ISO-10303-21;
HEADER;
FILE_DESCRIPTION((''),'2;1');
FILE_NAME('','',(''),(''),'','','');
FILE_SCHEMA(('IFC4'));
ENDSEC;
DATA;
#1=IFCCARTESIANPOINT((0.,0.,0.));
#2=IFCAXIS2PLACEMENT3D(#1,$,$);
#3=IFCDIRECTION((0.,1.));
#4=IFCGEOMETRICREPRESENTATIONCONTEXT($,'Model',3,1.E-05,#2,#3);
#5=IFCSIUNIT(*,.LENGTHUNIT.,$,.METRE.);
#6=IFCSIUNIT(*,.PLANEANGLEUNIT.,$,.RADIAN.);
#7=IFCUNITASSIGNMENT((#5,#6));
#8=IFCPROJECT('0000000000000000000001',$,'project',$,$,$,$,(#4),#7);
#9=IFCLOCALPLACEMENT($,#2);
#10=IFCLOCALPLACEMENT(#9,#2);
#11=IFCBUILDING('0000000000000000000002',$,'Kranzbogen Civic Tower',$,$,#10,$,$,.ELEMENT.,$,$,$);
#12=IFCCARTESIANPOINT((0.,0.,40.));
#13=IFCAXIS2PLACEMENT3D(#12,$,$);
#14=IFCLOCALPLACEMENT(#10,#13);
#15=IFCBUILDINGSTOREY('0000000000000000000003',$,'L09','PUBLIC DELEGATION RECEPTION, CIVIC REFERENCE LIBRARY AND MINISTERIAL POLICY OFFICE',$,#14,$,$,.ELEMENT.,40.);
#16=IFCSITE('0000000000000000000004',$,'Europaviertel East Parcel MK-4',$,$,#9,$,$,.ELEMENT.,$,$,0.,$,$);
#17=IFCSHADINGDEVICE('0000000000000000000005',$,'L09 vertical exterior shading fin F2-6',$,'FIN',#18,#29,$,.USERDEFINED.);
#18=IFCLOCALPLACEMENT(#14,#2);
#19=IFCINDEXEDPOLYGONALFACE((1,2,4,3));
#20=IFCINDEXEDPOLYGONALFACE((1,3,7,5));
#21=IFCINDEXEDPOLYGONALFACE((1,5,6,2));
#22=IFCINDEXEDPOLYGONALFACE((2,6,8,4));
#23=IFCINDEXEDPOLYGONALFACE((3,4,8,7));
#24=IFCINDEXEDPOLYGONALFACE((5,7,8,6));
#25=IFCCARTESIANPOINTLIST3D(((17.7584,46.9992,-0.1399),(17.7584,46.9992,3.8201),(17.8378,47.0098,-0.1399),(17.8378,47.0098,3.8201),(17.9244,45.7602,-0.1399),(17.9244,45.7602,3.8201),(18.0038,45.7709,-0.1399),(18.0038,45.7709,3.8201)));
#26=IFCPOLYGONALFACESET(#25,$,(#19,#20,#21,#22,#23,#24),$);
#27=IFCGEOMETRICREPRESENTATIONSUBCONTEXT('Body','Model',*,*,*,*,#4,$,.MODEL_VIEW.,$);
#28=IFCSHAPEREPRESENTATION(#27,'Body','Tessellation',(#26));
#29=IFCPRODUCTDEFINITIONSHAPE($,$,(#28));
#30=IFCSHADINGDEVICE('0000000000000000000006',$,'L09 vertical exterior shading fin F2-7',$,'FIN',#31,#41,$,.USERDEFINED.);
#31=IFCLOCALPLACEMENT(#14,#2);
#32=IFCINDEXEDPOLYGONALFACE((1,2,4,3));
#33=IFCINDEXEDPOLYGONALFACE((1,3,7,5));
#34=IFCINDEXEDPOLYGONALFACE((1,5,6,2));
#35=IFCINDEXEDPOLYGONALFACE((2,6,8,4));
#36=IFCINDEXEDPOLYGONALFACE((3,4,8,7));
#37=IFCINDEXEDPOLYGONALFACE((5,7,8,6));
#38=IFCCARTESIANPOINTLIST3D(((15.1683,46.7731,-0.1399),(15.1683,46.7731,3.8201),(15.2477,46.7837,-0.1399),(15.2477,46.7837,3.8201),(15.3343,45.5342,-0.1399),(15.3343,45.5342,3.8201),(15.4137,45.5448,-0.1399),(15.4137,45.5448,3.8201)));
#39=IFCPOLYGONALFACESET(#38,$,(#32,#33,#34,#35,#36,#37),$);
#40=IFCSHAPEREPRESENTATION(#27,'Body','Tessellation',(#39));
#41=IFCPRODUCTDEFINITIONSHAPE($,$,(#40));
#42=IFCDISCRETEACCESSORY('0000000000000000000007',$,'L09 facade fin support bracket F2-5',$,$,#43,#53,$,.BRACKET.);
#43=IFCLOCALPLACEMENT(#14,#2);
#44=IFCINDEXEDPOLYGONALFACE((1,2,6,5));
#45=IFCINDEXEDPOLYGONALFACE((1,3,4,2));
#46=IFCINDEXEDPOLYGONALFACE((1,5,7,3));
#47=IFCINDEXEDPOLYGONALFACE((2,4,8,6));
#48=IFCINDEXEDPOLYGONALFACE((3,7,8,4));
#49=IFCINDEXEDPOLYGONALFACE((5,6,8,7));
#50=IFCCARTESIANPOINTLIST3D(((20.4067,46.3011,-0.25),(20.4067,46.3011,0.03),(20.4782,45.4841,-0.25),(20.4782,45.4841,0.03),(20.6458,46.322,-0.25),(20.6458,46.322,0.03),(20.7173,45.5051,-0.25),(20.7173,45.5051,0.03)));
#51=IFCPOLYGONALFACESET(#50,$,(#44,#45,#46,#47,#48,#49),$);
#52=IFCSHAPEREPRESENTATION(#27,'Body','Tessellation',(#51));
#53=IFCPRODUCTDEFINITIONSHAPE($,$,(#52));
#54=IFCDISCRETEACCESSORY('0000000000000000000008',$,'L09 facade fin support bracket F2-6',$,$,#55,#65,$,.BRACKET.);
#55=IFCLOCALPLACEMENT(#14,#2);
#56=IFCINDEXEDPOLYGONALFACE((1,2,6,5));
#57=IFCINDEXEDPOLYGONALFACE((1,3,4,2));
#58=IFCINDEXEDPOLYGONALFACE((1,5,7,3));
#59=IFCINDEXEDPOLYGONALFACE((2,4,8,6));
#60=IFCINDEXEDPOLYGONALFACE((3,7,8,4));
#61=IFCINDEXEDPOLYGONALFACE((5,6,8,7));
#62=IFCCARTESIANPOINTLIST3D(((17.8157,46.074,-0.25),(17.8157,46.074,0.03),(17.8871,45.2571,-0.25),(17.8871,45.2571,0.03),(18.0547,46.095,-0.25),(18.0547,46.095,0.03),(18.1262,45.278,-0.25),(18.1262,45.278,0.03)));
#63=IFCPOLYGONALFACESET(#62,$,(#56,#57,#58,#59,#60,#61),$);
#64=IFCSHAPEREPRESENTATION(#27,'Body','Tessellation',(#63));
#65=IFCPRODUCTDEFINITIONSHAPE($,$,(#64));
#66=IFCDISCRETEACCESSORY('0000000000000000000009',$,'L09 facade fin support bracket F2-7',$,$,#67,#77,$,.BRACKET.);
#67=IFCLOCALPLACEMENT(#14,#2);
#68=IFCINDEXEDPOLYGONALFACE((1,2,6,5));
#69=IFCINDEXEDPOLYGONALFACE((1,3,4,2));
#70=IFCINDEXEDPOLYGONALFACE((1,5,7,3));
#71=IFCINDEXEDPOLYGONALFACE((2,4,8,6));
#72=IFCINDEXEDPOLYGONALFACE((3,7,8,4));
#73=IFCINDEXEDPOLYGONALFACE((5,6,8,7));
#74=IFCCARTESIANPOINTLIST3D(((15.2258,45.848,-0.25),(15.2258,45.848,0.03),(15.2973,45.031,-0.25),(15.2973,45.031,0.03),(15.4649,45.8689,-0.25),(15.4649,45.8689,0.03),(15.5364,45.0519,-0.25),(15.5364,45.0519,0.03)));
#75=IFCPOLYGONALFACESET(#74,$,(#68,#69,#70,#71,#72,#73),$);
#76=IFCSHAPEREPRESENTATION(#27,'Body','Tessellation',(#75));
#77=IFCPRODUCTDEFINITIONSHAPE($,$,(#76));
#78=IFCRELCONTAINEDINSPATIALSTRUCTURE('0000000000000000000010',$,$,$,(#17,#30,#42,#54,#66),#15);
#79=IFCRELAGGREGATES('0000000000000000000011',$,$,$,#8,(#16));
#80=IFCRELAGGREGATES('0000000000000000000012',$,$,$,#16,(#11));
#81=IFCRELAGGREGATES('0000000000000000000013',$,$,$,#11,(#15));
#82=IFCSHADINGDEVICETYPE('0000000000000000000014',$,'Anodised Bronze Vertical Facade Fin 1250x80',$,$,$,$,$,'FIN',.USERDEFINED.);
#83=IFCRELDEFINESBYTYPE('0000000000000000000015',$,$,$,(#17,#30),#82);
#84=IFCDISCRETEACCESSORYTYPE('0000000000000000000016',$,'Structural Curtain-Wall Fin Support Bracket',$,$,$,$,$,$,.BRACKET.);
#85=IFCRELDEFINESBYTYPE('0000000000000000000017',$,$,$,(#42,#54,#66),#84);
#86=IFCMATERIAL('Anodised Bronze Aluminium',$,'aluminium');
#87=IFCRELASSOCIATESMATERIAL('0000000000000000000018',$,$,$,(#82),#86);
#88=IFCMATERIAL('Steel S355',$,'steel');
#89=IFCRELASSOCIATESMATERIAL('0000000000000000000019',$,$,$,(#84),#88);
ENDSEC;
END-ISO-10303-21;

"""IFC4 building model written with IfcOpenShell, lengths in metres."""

from ifc_helpers import new_model, si_unit, direction, frame, origin, origin_2d, place, context, subcontext, project, spatial, rectangle, extrude, material, type_object, element, save


model = new_model("IFC4")

# Units and contexts
model_context = context("Model", 3, precision=1e-05, world=origin(), true_north=direction((0.0, 1.0)))
body_context = subcontext(model_context, "Body", "Model", "MODEL_VIEW")
ifc_project = project(units=[si_unit("LENGTHUNIT", "METRE"), si_unit("PLANEANGLEUNIT", "RADIAN")], contexts=[model_context])

# Site, building, storey
site_placement = place(None, origin())
site = spatial("IfcSite", under=ifc_project, at=site_placement, Name="Europaviertel East Parcel MK-4", CompositionType="ELEMENT", RefElevation=0.0)
building_placement = place(site_placement, origin())
building = spatial("IfcBuilding", under=site, at=building_placement, Name="Kranzbogen Civic Tower", CompositionType="ELEMENT")
storey_placement = place(building_placement, frame((0.0, 0.0, 40.0)))
storey = spatial("IfcBuildingStorey", under=building, at=storey_placement, Name="L09", Description="PUBLIC DELEGATION RECEPTION, CIVIC REFERENCE LIBRARY AND MINISTERIAL POLICY OFFICE", CompositionType="ELEMENT", Elevation=40.0)

# Shared definitions
ifc_material_1 = material(Name="Steel S355", Category="steel")

# Shading devices
ifc_material_2 = material(Name="Anodised Bronze Aluminium", Category="aluminium")
shading_device_type = type_object("IfcShadingDeviceType", Name="Anodised Bronze Vertical Facade Fin 1250x80", ElementType="FIN", PredefinedType="USERDEFINED", material=ifc_material_2)
for number, where, z_axis, x_axis, name in (
    (1, (17.8811, 46.385, -0.1399), (0.0, 0.0, 1.0), (-0.132775, 0.991146, 0.0), "L09 vertical exterior shading fin F2-6"),
    (2, (15.291, 46.1589, -0.1399), (0.0, 0.0, 1.0), (-0.132775, 0.991146, 0.0), "L09 vertical exterior shading fin F2-7"),
):
    element("IfcShadingDevice", number, at=place(storey_placement, frame(where, z_axis=z_axis, x_axis=x_axis)), inside=storey, type_object=shading_device_type, Name=name, ObjectType="FIN", PredefinedType="USERDEFINED", context=body_context, shape_type="SweptSolid", body=[
        extrude(rectangle(XDim=1.25, YDim=0.0801, at=origin_2d()), origin(), (0.0, 0.0, 1.0), 3.96),
    ])

# Discrete accessories
discrete_accessory_type = type_object("IfcDiscreteAccessoryType", Name="Structural Curtain-Wall Fin Support Bracket", PredefinedType="BRACKET", material=ifc_material_1)
for number, where, z_axis, x_axis, name in (
    (3, (20.562, 45.9031, -0.25), (0.0, 0.0, 1.0), (-0.087156, 0.996195, 0.0), "L09 facade fin support bracket F2-5"),
    (4, (17.9709, 45.676, -0.25), (0.0, 0.0, 1.0), (-0.087156, 0.996195, 0.0), "L09 facade fin support bracket F2-6"),
    (5, (15.3811, 45.45, -0.25), (0.0, 0.0, 1.0), (-0.087156, 0.996195, 0.0), "L09 facade fin support bracket F2-7"),
):
    element("IfcDiscreteAccessory", number, at=place(storey_placement, frame(where, z_axis=z_axis, x_axis=x_axis)), inside=storey, type_object=discrete_accessory_type, Name=name, PredefinedType="BRACKET", context=body_context, shape_type="SweptSolid", body=[
        extrude(rectangle(XDim=0.8201, YDim=0.24, at=origin_2d()), origin(), (0.0, 0.0, 1.0), 0.28),
    ])

save(model, "model.ifc")
